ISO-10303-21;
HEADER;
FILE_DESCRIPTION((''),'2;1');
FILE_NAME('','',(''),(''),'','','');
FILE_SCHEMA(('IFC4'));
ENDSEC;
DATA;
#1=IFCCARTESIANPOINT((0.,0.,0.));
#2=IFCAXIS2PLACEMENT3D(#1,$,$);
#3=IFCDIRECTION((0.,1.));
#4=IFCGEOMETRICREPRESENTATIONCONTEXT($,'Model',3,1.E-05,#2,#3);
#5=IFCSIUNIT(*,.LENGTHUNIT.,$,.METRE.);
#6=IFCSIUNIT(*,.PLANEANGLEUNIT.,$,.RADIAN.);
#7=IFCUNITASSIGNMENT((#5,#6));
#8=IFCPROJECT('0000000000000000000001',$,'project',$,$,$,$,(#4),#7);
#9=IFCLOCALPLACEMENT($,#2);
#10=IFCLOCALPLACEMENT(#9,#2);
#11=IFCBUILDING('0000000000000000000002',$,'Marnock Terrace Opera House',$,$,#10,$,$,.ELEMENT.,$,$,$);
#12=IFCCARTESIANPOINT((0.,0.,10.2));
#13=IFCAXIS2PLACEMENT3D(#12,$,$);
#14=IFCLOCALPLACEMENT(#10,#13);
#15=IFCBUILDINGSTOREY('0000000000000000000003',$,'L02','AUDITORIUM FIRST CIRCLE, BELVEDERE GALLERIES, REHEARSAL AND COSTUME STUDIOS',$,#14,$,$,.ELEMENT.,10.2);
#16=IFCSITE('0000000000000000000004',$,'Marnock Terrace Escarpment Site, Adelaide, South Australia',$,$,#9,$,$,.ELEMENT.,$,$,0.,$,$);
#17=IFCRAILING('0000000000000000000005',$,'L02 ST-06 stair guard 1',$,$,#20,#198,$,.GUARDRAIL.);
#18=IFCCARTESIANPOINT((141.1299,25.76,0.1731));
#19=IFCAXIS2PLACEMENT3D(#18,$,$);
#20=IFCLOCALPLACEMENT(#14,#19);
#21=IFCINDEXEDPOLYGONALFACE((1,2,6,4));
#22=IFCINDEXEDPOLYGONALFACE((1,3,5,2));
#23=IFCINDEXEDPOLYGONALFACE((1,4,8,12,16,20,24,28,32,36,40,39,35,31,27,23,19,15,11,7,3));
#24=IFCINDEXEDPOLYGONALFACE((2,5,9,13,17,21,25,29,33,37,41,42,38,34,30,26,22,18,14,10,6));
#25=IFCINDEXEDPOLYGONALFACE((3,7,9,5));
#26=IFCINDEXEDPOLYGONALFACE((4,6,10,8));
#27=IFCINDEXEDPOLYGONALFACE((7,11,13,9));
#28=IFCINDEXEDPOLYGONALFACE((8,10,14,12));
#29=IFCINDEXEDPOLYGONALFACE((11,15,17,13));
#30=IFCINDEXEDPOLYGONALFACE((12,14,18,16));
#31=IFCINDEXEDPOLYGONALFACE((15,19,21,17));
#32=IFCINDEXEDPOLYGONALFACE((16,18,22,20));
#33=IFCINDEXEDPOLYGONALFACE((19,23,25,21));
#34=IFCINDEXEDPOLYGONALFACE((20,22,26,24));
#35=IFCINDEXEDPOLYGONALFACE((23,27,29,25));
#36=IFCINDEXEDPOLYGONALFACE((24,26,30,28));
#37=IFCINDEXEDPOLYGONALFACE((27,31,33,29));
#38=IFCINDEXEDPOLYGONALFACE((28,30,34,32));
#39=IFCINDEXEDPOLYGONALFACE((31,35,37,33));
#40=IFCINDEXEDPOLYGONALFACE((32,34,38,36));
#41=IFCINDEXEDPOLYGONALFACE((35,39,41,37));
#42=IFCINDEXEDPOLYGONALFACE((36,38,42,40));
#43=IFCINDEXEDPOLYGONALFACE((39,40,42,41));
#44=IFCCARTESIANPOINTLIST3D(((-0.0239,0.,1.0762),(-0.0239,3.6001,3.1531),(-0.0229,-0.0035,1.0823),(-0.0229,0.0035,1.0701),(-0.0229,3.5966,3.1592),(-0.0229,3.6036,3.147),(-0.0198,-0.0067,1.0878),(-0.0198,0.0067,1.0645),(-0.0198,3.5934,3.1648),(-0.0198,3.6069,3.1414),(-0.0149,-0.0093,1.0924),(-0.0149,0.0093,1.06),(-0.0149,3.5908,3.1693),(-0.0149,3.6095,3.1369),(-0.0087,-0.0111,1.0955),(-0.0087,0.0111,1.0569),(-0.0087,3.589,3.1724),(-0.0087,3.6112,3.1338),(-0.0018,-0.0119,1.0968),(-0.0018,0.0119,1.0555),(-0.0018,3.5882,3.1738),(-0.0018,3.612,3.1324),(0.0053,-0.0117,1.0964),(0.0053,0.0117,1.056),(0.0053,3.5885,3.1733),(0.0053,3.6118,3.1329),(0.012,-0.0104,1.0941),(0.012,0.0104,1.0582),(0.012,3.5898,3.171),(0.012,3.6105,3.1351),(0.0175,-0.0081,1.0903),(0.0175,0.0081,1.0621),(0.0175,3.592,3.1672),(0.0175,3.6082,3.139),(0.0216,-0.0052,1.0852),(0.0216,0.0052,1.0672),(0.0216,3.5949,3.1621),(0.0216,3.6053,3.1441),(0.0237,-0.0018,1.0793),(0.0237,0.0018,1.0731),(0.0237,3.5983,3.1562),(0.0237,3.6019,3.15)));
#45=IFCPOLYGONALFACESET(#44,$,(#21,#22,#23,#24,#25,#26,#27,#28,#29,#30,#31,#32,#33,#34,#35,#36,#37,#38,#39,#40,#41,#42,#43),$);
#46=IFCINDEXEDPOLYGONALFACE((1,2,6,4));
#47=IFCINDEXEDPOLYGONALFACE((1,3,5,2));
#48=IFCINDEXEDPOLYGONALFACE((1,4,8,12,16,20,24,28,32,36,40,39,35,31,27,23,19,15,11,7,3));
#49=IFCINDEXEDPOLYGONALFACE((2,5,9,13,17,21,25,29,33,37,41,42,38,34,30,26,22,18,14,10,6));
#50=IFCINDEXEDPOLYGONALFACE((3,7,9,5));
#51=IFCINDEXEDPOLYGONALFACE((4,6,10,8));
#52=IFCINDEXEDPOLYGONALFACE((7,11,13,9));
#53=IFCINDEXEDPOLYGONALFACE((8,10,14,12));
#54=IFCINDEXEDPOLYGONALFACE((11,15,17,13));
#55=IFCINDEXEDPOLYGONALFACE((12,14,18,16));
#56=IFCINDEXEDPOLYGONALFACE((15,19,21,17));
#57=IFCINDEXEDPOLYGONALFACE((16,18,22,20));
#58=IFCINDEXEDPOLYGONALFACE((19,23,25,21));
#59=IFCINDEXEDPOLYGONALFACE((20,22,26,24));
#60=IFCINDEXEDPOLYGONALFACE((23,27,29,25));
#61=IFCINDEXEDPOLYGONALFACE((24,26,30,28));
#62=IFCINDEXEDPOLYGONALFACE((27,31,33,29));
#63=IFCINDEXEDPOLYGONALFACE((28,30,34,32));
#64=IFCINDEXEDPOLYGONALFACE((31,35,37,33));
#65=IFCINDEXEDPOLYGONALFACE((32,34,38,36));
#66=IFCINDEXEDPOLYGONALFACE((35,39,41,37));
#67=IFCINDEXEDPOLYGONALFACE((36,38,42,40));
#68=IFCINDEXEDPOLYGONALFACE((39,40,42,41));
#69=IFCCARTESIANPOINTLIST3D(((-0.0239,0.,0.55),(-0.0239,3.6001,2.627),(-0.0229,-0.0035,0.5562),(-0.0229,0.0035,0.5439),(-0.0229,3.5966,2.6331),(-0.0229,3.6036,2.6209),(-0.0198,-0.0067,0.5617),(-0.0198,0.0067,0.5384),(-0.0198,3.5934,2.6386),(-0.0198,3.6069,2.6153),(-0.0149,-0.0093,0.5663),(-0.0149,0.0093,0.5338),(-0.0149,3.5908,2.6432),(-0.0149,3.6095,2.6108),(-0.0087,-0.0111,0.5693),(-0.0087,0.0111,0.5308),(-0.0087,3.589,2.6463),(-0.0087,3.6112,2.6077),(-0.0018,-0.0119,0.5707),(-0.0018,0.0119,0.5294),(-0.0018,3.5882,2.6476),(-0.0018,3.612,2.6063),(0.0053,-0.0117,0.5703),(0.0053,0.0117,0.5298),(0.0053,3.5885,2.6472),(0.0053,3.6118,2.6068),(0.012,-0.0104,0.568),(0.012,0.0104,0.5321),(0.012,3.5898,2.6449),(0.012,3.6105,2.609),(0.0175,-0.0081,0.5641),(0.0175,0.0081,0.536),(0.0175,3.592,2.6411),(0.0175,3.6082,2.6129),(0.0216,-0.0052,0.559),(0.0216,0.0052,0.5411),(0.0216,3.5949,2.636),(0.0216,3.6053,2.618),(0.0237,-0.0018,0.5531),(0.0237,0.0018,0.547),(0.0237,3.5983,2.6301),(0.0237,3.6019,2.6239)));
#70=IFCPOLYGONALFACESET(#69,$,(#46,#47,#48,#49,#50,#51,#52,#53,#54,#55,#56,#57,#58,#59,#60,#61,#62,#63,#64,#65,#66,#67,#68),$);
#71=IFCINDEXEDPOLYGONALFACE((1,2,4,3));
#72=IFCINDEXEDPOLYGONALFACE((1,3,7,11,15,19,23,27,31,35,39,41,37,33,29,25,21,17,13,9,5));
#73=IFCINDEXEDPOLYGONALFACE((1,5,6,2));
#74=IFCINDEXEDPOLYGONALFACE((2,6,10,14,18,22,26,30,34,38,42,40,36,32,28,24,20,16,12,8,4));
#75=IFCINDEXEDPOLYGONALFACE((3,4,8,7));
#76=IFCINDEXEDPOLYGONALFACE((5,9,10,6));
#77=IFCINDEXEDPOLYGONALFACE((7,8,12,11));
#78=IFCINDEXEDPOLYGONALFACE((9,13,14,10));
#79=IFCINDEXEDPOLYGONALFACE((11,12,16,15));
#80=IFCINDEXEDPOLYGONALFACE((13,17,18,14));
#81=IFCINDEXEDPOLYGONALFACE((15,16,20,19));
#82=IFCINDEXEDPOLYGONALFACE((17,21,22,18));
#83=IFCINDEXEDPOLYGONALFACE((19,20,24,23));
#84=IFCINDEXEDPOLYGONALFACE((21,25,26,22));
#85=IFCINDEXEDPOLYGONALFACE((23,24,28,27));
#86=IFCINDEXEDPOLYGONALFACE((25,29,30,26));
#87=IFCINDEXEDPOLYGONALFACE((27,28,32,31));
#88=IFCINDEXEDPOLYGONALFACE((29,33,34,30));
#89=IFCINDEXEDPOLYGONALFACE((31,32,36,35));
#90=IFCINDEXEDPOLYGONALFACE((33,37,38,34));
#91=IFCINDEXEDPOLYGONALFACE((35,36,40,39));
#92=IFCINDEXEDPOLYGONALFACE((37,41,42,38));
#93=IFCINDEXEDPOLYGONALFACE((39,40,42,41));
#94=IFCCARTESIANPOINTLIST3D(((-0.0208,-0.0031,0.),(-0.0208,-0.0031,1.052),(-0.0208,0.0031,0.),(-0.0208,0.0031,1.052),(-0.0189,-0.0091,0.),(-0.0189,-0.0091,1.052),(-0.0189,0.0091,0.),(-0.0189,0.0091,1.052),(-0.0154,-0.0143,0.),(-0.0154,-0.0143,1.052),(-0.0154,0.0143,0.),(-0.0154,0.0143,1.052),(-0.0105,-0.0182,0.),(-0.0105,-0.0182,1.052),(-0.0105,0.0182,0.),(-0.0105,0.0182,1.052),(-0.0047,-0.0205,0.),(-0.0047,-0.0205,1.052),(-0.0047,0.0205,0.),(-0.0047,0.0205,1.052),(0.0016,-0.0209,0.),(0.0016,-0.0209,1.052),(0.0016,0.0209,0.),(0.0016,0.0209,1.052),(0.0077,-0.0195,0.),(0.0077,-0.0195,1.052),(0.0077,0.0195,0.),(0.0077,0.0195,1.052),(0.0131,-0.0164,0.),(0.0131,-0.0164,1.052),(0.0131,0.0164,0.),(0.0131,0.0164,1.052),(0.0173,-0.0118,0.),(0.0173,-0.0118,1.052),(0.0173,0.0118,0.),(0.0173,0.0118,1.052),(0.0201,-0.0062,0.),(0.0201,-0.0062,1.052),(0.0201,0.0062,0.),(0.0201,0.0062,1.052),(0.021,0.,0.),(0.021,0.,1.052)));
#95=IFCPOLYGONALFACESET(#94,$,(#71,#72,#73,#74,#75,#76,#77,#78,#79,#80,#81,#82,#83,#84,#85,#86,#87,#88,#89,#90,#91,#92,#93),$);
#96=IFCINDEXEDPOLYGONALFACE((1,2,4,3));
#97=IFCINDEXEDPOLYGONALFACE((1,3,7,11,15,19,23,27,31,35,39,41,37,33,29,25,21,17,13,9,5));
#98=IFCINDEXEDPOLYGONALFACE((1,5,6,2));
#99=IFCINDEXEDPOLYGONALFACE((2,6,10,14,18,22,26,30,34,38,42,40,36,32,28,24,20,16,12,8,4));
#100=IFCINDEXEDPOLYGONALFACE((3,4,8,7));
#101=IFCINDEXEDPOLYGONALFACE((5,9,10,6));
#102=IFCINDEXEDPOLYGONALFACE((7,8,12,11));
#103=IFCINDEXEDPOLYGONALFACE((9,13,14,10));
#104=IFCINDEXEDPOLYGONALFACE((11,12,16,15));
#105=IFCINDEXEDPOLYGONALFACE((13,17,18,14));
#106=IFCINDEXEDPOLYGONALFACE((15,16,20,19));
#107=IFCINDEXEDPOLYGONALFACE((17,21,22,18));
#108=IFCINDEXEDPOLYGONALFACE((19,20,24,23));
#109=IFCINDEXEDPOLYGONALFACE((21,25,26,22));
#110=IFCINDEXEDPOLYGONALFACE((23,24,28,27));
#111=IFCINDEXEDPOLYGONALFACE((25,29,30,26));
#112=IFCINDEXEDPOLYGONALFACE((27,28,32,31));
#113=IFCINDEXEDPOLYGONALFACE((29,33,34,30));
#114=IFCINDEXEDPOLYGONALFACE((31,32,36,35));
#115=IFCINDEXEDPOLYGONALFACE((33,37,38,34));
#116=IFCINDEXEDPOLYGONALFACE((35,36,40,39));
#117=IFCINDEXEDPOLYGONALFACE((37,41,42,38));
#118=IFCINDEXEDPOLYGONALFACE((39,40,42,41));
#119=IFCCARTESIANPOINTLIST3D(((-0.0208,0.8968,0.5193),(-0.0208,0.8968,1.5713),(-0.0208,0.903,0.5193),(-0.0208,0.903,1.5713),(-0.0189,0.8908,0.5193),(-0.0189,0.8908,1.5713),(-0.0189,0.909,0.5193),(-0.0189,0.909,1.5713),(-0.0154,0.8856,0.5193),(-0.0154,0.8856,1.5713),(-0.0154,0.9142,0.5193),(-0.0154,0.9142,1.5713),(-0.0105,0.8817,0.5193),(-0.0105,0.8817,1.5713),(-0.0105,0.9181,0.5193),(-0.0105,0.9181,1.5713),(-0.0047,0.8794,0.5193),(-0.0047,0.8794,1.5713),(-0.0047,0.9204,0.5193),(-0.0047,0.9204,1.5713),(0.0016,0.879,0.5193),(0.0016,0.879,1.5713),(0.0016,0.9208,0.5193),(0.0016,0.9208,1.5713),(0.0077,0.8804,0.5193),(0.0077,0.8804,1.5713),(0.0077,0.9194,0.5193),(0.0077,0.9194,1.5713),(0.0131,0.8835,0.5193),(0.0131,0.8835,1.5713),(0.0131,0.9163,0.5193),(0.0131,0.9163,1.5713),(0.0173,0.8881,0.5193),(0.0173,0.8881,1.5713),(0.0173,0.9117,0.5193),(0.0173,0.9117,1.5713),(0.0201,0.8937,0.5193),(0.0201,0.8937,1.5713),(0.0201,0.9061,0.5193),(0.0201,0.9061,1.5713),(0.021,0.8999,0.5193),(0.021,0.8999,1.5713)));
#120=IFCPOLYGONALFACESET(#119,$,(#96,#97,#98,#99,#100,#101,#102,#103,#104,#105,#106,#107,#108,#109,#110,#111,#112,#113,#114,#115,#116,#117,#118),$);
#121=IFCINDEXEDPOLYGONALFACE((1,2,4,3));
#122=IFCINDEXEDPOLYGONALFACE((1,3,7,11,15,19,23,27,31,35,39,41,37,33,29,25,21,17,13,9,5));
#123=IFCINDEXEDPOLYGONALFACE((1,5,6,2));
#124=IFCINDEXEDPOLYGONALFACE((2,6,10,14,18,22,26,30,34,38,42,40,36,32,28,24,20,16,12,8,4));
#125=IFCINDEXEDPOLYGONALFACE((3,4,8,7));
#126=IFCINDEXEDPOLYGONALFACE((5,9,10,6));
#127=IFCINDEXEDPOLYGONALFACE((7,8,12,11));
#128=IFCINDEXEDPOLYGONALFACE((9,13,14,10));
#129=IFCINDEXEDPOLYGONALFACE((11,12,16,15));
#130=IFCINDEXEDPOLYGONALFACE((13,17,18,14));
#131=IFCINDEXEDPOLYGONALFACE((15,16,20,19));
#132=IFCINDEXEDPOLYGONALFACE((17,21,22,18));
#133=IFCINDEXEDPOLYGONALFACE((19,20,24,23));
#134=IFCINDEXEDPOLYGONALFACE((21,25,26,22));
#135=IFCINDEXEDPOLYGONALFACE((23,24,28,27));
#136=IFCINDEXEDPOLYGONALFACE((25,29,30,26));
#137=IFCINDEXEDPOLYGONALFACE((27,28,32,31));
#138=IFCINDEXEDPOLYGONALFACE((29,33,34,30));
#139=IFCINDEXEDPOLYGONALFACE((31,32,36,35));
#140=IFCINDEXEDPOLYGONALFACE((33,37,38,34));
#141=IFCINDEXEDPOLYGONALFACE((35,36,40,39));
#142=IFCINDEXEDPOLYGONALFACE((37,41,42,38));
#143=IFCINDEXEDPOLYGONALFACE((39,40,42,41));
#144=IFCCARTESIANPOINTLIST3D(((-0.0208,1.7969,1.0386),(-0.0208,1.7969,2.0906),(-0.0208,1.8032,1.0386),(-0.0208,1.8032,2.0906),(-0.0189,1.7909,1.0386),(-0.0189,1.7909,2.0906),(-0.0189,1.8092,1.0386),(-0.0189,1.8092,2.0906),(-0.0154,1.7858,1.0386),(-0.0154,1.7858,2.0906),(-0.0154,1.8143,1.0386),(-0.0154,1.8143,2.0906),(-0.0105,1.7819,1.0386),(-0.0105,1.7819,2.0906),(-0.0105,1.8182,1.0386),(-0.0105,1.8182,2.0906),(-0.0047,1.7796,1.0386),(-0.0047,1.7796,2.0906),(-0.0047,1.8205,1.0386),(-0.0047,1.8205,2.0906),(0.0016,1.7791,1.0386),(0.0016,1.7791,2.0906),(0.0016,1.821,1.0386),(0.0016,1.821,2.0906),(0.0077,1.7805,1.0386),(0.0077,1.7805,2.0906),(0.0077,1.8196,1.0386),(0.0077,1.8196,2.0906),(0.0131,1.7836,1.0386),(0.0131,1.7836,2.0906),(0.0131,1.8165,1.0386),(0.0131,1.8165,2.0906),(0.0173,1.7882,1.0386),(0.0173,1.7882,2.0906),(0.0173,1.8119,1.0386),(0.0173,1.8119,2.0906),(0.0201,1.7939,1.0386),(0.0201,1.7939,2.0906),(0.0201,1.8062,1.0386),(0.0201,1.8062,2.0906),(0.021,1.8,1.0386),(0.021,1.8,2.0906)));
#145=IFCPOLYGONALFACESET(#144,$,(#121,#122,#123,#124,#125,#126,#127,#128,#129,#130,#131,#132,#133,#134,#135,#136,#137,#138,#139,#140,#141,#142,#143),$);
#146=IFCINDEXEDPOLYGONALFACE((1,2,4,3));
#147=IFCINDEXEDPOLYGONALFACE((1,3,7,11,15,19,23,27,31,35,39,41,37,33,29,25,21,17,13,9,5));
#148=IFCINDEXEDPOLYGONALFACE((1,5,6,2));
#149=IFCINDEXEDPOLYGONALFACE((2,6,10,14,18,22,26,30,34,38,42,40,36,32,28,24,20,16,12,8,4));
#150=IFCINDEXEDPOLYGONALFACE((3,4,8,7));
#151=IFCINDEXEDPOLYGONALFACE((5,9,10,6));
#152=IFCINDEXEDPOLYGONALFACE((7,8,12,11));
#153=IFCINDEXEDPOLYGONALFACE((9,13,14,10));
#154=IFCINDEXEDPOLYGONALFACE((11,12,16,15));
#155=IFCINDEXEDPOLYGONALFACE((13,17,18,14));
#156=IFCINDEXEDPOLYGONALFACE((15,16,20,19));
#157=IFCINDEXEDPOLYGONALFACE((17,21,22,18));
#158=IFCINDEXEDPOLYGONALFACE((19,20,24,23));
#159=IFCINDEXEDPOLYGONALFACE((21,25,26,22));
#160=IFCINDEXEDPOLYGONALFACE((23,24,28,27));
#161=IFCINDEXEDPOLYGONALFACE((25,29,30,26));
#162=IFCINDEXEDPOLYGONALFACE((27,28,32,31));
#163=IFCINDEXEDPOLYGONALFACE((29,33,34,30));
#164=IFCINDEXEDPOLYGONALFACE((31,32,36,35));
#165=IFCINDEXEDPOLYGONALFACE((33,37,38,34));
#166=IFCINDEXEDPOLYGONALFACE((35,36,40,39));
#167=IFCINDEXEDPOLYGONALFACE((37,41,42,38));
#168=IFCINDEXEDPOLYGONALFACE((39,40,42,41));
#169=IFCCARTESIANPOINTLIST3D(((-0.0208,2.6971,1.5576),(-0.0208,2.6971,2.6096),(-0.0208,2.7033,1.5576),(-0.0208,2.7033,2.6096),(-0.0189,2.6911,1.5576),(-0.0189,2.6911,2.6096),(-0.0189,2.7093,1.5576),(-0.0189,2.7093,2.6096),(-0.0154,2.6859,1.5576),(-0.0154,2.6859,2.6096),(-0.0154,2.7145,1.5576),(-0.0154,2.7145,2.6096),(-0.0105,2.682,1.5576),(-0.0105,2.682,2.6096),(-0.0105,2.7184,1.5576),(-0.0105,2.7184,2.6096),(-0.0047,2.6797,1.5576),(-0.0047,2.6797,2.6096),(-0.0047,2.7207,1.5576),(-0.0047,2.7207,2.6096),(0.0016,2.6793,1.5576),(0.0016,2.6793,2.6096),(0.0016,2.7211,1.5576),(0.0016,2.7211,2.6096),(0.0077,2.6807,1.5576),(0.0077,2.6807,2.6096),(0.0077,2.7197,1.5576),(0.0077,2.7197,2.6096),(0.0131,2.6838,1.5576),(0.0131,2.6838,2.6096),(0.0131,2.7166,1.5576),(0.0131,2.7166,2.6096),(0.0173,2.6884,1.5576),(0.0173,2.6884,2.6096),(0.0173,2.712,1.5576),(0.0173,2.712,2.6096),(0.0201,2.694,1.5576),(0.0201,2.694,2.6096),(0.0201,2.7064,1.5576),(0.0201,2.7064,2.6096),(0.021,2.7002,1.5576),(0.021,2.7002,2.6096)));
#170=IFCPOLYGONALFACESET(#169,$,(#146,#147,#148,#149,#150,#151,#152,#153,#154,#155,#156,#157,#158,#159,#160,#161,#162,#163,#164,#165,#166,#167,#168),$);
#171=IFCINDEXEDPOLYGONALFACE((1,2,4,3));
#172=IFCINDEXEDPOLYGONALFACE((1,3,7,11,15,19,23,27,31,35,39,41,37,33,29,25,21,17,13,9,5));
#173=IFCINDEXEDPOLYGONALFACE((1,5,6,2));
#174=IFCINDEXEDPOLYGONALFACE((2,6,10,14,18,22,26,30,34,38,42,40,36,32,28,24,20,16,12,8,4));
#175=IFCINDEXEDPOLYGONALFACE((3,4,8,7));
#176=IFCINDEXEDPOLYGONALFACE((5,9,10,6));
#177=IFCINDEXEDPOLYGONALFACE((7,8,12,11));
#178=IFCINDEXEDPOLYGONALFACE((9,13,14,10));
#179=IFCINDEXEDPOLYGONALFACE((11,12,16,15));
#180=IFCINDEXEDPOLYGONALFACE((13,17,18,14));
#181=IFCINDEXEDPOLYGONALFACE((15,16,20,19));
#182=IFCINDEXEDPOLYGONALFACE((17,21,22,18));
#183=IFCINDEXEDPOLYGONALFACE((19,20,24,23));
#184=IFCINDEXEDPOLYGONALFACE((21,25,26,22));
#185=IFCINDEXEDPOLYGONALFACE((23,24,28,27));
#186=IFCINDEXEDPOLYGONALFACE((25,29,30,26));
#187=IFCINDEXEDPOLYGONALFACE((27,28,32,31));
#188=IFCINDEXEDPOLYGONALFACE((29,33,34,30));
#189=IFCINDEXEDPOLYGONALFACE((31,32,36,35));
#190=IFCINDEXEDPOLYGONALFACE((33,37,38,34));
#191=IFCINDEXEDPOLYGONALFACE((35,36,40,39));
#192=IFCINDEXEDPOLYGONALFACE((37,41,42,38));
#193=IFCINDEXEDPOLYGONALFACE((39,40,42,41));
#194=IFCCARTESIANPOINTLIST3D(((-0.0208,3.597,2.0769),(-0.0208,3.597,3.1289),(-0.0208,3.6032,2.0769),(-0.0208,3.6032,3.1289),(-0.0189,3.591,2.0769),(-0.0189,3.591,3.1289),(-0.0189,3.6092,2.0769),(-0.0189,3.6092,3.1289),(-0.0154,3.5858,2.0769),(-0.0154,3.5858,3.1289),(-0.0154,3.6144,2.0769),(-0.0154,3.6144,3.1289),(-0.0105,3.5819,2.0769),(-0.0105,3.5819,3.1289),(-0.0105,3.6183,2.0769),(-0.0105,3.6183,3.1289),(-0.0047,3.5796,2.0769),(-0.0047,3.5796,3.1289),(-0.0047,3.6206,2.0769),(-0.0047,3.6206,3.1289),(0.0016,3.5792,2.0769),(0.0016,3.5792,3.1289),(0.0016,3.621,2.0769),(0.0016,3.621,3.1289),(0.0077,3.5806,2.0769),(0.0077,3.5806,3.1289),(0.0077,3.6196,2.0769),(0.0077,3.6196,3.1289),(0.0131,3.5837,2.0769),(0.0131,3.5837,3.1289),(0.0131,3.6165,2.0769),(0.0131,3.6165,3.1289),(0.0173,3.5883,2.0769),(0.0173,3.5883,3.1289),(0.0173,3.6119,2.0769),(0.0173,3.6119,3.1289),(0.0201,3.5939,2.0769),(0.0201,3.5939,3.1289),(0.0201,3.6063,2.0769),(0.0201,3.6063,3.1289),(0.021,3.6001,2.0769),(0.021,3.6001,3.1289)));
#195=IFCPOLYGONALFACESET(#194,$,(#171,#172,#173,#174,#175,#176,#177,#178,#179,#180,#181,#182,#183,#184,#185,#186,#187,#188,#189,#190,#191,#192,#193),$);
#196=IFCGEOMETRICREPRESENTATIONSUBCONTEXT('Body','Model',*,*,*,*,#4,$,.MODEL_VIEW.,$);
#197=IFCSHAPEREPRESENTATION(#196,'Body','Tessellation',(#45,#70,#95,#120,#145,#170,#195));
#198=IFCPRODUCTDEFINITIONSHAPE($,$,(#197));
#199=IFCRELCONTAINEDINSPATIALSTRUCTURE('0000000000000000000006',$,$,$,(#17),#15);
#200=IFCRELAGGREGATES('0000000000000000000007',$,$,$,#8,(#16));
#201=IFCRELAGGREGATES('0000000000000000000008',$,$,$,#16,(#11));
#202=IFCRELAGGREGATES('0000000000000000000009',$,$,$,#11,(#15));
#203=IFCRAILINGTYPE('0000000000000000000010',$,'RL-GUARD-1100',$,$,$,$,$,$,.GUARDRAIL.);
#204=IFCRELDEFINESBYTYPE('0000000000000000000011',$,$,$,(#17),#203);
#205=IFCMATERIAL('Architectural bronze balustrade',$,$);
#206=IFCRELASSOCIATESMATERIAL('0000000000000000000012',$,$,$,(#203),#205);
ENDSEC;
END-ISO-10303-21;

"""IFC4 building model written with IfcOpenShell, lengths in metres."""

from ifc_helpers import new_model, si_unit, direction, frame, origin, origin_2d, place, context, subcontext, project, spatial, circle, extrude, material, type_object, element, save


model = new_model("IFC4")

# Units and contexts
model_context = context("Model", 3, precision=1e-05, world=origin(), true_north=direction((0.0, 1.0)))
body_context = subcontext(model_context, "Body", "Model", "MODEL_VIEW")
ifc_project = project(units=[si_unit("LENGTHUNIT", "METRE"), si_unit("PLANEANGLEUNIT", "RADIAN")], contexts=[model_context])

# Site, building, storey
site_placement = place(None, origin())
site = spatial("IfcSite", under=ifc_project, at=site_placement, Name="Marnock Terrace Escarpment Site, Adelaide, South Australia", CompositionType="ELEMENT", RefElevation=0.0)
building_placement = place(site_placement, origin())
building = spatial("IfcBuilding", under=site, at=building_placement, Name="Marnock Terrace Opera House", CompositionType="ELEMENT")
storey_placement = place(building_placement, frame((0.0, 0.0, 10.2)))
storey = spatial("IfcBuildingStorey", under=building, at=storey_placement, Name="L02", Description="AUDITORIUM FIRST CIRCLE, BELVEDERE GALLERIES, REHEARSAL AND COSTUME STUDIOS", CompositionType="ELEMENT", Elevation=10.2)

# Railing
ifc_material_1 = material(Name="Architectural bronze balustrade")
railing_type_1 = type_object("IfcRailingType", Name="RL-GUARD-1100", PredefinedType="GUARDRAIL", material=ifc_material_1)
railing_1_placement = place(storey_placement, frame((141.1299, 25.76, 0.1731)))
element("IfcRailing", 1, at=railing_1_placement, inside=storey, type_object=railing_type_1, Name="L02 ST-06 stair guard 1", PredefinedType="GUARDRAIL", context=body_context, shape_type="SweptSolid", body=[
    extrude(circle(Radius=0.0239, at=origin_2d()), frame((0.0, 0.0, 1.0762), z_axis=(0.0, 0.866193, 0.499709), x_axis=(-1.0, 0.0, 0.0)), (0.0, 0.0, 1.0), 4.1562),
    extrude(circle(Radius=0.0239, at=origin_2d()), frame((0.0, 0.0, 0.55), z_axis=(0.0, 0.866193, 0.499709), x_axis=(-1.0, 0.0, 0.0)), (0.0, 0.0, 1.0), 4.1562),
    extrude(circle(Radius=0.021, at=origin_2d()), origin(), (0.0, 0.0, 1.0), 1.052),
    extrude(circle(Radius=0.021, at=origin_2d()), frame((0.0, 0.8999, 0.5193)), (0.0, 0.0, 1.0), 1.052),
    extrude(circle(Radius=0.021, at=origin_2d()), frame((0.0, 1.8, 1.0386)), (0.0, 0.0, 1.0), 1.052),
    extrude(circle(Radius=0.021, at=origin_2d()), frame((0.0, 2.7002, 1.5576)), (0.0, 0.0, 1.0), 1.052),
    extrude(circle(Radius=0.021, at=origin_2d()), frame((0.0, 3.6001, 2.0769)), (0.0, 0.0, 1.0), 1.052),
])

save(model, "model.ifc")
